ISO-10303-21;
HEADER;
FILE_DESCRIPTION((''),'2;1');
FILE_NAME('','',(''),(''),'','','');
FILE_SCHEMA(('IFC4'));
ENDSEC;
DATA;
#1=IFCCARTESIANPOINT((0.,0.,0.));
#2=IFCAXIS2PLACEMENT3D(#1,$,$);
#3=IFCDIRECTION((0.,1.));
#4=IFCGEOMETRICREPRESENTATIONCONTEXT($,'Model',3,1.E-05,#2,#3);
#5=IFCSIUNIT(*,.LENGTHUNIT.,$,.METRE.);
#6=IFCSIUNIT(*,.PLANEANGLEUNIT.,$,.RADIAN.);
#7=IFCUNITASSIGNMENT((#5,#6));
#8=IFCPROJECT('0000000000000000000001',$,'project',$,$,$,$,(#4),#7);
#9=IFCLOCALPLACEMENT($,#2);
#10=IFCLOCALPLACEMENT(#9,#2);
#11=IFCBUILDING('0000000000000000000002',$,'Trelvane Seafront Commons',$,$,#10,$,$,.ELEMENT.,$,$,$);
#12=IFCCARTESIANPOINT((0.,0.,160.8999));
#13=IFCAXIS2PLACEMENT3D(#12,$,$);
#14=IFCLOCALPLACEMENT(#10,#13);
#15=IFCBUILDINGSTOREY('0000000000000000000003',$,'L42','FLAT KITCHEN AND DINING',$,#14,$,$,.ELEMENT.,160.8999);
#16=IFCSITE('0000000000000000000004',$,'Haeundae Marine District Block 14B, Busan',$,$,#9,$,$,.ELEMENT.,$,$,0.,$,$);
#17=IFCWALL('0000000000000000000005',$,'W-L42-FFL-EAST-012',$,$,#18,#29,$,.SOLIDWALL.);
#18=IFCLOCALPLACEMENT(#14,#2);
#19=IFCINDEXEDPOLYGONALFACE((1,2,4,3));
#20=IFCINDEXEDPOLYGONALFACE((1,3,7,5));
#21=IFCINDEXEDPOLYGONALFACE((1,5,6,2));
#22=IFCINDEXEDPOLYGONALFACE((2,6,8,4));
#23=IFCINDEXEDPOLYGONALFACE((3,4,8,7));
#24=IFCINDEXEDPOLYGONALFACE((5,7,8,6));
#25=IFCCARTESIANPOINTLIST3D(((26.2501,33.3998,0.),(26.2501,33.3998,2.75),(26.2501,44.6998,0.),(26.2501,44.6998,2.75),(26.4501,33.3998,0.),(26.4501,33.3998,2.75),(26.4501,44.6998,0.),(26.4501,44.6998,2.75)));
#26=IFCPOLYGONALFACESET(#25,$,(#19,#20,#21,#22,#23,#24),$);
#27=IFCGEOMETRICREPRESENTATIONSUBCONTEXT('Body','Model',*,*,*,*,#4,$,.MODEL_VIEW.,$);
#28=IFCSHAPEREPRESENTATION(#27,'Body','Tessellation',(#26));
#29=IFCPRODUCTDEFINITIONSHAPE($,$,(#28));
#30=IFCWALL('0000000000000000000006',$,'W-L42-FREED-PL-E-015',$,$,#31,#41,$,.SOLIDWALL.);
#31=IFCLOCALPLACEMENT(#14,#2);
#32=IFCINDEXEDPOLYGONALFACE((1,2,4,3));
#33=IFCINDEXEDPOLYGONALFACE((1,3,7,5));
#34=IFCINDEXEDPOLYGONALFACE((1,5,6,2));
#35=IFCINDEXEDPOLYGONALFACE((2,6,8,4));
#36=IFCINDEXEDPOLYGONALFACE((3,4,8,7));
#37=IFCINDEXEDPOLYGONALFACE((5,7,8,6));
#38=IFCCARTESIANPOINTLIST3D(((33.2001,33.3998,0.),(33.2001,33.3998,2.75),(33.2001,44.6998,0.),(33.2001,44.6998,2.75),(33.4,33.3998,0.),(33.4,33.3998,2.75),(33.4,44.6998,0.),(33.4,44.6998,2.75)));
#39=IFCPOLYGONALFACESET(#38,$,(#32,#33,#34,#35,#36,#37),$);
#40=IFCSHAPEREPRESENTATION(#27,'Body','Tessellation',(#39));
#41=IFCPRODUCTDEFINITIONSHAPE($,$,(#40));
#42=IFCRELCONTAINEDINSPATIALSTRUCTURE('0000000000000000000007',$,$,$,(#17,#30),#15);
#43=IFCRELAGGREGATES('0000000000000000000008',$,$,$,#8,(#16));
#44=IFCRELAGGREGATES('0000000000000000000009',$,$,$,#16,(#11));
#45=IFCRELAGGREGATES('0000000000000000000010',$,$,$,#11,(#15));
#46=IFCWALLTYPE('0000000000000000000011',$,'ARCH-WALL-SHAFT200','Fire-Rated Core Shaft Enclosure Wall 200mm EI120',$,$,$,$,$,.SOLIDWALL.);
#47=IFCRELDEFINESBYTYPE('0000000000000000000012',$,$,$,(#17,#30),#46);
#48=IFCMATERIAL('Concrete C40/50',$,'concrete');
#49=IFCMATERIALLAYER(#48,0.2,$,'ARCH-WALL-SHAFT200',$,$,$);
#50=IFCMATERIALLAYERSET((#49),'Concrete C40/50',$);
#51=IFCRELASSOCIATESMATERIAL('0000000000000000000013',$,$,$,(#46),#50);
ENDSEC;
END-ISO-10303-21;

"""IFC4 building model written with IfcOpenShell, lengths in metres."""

from ifc_helpers import new_model, si_unit, direction, frame, frame_2d, origin, place, context, subcontext, project, spatial, rectangle, extrude, material, layer, layer_set, type_object, element, save


model = new_model("IFC4")

# Units and contexts
model_context = context("Model", 3, precision=1e-05, world=origin(), true_north=direction((0.0, 1.0)))
body_context = subcontext(model_context, "Body", "Model", "MODEL_VIEW")
ifc_project = project(units=[si_unit("LENGTHUNIT", "METRE"), si_unit("PLANEANGLEUNIT", "RADIAN")], contexts=[model_context])

# Site, building, storey
site_placement = place(None, origin())
site = spatial("IfcSite", under=ifc_project, at=site_placement, Name="Haeundae Marine District Block 14B, Busan", CompositionType="ELEMENT", RefElevation=0.0)
building_placement = place(site_placement, origin())
building = spatial("IfcBuilding", under=site, at=building_placement, Name="Trelvane Seafront Commons", CompositionType="ELEMENT")
storey_placement = place(building_placement, frame((0.0, 0.0, 160.8999)))
storey = spatial("IfcBuildingStorey", under=building, at=storey_placement, Name="L42", Description="FLAT KITCHEN AND DINING", CompositionType="ELEMENT", Elevation=160.8999)

# Shared definitions
ifc_material_1 = material(Name="Concrete C40/50", Category="concrete")

# Walls
ifc_layer_1 = layer(ifc_material_1, 0.2, Name="ARCH-WALL-SHAFT200")
ifc_layer_set_1 = layer_set([ifc_layer_1], Name="Concrete C40/50")
wall_type_1 = type_object("IfcWallType", Name="ARCH-WALL-SHAFT200", Description="Fire-Rated Core Shaft Enclosure Wall 200mm EI120", PredefinedType="SOLIDWALL", material=ifc_layer_set_1)
for number, where, z_axis, x_axis, name in (
    (1, (26.3501, 33.3999, 0.0), (0.0, 0.0, 1.0), (0.0, 1.0, 0.0), "W-L42-FFL-EAST-012"),
    (2, (33.3, 33.3999, 0.0), (0.0, 0.0, 1.0), (0.0, 1.0, 0.0), "W-L42-FREED-PL-E-015"),
):
    element("IfcWall", number, at=place(storey_placement, frame(where, z_axis=z_axis, x_axis=x_axis)), inside=storey, type_object=wall_type_1, Name=name, PredefinedType="SOLIDWALL", context=body_context, shape_type="SweptSolid", body=[
        extrude(rectangle(XDim=11.3, YDim=0.2, at=frame_2d((5.6499, 0.0))), origin(), (0.0, 0.0, 1.0), 2.75),
    ])

save(model, "model.ifc")
